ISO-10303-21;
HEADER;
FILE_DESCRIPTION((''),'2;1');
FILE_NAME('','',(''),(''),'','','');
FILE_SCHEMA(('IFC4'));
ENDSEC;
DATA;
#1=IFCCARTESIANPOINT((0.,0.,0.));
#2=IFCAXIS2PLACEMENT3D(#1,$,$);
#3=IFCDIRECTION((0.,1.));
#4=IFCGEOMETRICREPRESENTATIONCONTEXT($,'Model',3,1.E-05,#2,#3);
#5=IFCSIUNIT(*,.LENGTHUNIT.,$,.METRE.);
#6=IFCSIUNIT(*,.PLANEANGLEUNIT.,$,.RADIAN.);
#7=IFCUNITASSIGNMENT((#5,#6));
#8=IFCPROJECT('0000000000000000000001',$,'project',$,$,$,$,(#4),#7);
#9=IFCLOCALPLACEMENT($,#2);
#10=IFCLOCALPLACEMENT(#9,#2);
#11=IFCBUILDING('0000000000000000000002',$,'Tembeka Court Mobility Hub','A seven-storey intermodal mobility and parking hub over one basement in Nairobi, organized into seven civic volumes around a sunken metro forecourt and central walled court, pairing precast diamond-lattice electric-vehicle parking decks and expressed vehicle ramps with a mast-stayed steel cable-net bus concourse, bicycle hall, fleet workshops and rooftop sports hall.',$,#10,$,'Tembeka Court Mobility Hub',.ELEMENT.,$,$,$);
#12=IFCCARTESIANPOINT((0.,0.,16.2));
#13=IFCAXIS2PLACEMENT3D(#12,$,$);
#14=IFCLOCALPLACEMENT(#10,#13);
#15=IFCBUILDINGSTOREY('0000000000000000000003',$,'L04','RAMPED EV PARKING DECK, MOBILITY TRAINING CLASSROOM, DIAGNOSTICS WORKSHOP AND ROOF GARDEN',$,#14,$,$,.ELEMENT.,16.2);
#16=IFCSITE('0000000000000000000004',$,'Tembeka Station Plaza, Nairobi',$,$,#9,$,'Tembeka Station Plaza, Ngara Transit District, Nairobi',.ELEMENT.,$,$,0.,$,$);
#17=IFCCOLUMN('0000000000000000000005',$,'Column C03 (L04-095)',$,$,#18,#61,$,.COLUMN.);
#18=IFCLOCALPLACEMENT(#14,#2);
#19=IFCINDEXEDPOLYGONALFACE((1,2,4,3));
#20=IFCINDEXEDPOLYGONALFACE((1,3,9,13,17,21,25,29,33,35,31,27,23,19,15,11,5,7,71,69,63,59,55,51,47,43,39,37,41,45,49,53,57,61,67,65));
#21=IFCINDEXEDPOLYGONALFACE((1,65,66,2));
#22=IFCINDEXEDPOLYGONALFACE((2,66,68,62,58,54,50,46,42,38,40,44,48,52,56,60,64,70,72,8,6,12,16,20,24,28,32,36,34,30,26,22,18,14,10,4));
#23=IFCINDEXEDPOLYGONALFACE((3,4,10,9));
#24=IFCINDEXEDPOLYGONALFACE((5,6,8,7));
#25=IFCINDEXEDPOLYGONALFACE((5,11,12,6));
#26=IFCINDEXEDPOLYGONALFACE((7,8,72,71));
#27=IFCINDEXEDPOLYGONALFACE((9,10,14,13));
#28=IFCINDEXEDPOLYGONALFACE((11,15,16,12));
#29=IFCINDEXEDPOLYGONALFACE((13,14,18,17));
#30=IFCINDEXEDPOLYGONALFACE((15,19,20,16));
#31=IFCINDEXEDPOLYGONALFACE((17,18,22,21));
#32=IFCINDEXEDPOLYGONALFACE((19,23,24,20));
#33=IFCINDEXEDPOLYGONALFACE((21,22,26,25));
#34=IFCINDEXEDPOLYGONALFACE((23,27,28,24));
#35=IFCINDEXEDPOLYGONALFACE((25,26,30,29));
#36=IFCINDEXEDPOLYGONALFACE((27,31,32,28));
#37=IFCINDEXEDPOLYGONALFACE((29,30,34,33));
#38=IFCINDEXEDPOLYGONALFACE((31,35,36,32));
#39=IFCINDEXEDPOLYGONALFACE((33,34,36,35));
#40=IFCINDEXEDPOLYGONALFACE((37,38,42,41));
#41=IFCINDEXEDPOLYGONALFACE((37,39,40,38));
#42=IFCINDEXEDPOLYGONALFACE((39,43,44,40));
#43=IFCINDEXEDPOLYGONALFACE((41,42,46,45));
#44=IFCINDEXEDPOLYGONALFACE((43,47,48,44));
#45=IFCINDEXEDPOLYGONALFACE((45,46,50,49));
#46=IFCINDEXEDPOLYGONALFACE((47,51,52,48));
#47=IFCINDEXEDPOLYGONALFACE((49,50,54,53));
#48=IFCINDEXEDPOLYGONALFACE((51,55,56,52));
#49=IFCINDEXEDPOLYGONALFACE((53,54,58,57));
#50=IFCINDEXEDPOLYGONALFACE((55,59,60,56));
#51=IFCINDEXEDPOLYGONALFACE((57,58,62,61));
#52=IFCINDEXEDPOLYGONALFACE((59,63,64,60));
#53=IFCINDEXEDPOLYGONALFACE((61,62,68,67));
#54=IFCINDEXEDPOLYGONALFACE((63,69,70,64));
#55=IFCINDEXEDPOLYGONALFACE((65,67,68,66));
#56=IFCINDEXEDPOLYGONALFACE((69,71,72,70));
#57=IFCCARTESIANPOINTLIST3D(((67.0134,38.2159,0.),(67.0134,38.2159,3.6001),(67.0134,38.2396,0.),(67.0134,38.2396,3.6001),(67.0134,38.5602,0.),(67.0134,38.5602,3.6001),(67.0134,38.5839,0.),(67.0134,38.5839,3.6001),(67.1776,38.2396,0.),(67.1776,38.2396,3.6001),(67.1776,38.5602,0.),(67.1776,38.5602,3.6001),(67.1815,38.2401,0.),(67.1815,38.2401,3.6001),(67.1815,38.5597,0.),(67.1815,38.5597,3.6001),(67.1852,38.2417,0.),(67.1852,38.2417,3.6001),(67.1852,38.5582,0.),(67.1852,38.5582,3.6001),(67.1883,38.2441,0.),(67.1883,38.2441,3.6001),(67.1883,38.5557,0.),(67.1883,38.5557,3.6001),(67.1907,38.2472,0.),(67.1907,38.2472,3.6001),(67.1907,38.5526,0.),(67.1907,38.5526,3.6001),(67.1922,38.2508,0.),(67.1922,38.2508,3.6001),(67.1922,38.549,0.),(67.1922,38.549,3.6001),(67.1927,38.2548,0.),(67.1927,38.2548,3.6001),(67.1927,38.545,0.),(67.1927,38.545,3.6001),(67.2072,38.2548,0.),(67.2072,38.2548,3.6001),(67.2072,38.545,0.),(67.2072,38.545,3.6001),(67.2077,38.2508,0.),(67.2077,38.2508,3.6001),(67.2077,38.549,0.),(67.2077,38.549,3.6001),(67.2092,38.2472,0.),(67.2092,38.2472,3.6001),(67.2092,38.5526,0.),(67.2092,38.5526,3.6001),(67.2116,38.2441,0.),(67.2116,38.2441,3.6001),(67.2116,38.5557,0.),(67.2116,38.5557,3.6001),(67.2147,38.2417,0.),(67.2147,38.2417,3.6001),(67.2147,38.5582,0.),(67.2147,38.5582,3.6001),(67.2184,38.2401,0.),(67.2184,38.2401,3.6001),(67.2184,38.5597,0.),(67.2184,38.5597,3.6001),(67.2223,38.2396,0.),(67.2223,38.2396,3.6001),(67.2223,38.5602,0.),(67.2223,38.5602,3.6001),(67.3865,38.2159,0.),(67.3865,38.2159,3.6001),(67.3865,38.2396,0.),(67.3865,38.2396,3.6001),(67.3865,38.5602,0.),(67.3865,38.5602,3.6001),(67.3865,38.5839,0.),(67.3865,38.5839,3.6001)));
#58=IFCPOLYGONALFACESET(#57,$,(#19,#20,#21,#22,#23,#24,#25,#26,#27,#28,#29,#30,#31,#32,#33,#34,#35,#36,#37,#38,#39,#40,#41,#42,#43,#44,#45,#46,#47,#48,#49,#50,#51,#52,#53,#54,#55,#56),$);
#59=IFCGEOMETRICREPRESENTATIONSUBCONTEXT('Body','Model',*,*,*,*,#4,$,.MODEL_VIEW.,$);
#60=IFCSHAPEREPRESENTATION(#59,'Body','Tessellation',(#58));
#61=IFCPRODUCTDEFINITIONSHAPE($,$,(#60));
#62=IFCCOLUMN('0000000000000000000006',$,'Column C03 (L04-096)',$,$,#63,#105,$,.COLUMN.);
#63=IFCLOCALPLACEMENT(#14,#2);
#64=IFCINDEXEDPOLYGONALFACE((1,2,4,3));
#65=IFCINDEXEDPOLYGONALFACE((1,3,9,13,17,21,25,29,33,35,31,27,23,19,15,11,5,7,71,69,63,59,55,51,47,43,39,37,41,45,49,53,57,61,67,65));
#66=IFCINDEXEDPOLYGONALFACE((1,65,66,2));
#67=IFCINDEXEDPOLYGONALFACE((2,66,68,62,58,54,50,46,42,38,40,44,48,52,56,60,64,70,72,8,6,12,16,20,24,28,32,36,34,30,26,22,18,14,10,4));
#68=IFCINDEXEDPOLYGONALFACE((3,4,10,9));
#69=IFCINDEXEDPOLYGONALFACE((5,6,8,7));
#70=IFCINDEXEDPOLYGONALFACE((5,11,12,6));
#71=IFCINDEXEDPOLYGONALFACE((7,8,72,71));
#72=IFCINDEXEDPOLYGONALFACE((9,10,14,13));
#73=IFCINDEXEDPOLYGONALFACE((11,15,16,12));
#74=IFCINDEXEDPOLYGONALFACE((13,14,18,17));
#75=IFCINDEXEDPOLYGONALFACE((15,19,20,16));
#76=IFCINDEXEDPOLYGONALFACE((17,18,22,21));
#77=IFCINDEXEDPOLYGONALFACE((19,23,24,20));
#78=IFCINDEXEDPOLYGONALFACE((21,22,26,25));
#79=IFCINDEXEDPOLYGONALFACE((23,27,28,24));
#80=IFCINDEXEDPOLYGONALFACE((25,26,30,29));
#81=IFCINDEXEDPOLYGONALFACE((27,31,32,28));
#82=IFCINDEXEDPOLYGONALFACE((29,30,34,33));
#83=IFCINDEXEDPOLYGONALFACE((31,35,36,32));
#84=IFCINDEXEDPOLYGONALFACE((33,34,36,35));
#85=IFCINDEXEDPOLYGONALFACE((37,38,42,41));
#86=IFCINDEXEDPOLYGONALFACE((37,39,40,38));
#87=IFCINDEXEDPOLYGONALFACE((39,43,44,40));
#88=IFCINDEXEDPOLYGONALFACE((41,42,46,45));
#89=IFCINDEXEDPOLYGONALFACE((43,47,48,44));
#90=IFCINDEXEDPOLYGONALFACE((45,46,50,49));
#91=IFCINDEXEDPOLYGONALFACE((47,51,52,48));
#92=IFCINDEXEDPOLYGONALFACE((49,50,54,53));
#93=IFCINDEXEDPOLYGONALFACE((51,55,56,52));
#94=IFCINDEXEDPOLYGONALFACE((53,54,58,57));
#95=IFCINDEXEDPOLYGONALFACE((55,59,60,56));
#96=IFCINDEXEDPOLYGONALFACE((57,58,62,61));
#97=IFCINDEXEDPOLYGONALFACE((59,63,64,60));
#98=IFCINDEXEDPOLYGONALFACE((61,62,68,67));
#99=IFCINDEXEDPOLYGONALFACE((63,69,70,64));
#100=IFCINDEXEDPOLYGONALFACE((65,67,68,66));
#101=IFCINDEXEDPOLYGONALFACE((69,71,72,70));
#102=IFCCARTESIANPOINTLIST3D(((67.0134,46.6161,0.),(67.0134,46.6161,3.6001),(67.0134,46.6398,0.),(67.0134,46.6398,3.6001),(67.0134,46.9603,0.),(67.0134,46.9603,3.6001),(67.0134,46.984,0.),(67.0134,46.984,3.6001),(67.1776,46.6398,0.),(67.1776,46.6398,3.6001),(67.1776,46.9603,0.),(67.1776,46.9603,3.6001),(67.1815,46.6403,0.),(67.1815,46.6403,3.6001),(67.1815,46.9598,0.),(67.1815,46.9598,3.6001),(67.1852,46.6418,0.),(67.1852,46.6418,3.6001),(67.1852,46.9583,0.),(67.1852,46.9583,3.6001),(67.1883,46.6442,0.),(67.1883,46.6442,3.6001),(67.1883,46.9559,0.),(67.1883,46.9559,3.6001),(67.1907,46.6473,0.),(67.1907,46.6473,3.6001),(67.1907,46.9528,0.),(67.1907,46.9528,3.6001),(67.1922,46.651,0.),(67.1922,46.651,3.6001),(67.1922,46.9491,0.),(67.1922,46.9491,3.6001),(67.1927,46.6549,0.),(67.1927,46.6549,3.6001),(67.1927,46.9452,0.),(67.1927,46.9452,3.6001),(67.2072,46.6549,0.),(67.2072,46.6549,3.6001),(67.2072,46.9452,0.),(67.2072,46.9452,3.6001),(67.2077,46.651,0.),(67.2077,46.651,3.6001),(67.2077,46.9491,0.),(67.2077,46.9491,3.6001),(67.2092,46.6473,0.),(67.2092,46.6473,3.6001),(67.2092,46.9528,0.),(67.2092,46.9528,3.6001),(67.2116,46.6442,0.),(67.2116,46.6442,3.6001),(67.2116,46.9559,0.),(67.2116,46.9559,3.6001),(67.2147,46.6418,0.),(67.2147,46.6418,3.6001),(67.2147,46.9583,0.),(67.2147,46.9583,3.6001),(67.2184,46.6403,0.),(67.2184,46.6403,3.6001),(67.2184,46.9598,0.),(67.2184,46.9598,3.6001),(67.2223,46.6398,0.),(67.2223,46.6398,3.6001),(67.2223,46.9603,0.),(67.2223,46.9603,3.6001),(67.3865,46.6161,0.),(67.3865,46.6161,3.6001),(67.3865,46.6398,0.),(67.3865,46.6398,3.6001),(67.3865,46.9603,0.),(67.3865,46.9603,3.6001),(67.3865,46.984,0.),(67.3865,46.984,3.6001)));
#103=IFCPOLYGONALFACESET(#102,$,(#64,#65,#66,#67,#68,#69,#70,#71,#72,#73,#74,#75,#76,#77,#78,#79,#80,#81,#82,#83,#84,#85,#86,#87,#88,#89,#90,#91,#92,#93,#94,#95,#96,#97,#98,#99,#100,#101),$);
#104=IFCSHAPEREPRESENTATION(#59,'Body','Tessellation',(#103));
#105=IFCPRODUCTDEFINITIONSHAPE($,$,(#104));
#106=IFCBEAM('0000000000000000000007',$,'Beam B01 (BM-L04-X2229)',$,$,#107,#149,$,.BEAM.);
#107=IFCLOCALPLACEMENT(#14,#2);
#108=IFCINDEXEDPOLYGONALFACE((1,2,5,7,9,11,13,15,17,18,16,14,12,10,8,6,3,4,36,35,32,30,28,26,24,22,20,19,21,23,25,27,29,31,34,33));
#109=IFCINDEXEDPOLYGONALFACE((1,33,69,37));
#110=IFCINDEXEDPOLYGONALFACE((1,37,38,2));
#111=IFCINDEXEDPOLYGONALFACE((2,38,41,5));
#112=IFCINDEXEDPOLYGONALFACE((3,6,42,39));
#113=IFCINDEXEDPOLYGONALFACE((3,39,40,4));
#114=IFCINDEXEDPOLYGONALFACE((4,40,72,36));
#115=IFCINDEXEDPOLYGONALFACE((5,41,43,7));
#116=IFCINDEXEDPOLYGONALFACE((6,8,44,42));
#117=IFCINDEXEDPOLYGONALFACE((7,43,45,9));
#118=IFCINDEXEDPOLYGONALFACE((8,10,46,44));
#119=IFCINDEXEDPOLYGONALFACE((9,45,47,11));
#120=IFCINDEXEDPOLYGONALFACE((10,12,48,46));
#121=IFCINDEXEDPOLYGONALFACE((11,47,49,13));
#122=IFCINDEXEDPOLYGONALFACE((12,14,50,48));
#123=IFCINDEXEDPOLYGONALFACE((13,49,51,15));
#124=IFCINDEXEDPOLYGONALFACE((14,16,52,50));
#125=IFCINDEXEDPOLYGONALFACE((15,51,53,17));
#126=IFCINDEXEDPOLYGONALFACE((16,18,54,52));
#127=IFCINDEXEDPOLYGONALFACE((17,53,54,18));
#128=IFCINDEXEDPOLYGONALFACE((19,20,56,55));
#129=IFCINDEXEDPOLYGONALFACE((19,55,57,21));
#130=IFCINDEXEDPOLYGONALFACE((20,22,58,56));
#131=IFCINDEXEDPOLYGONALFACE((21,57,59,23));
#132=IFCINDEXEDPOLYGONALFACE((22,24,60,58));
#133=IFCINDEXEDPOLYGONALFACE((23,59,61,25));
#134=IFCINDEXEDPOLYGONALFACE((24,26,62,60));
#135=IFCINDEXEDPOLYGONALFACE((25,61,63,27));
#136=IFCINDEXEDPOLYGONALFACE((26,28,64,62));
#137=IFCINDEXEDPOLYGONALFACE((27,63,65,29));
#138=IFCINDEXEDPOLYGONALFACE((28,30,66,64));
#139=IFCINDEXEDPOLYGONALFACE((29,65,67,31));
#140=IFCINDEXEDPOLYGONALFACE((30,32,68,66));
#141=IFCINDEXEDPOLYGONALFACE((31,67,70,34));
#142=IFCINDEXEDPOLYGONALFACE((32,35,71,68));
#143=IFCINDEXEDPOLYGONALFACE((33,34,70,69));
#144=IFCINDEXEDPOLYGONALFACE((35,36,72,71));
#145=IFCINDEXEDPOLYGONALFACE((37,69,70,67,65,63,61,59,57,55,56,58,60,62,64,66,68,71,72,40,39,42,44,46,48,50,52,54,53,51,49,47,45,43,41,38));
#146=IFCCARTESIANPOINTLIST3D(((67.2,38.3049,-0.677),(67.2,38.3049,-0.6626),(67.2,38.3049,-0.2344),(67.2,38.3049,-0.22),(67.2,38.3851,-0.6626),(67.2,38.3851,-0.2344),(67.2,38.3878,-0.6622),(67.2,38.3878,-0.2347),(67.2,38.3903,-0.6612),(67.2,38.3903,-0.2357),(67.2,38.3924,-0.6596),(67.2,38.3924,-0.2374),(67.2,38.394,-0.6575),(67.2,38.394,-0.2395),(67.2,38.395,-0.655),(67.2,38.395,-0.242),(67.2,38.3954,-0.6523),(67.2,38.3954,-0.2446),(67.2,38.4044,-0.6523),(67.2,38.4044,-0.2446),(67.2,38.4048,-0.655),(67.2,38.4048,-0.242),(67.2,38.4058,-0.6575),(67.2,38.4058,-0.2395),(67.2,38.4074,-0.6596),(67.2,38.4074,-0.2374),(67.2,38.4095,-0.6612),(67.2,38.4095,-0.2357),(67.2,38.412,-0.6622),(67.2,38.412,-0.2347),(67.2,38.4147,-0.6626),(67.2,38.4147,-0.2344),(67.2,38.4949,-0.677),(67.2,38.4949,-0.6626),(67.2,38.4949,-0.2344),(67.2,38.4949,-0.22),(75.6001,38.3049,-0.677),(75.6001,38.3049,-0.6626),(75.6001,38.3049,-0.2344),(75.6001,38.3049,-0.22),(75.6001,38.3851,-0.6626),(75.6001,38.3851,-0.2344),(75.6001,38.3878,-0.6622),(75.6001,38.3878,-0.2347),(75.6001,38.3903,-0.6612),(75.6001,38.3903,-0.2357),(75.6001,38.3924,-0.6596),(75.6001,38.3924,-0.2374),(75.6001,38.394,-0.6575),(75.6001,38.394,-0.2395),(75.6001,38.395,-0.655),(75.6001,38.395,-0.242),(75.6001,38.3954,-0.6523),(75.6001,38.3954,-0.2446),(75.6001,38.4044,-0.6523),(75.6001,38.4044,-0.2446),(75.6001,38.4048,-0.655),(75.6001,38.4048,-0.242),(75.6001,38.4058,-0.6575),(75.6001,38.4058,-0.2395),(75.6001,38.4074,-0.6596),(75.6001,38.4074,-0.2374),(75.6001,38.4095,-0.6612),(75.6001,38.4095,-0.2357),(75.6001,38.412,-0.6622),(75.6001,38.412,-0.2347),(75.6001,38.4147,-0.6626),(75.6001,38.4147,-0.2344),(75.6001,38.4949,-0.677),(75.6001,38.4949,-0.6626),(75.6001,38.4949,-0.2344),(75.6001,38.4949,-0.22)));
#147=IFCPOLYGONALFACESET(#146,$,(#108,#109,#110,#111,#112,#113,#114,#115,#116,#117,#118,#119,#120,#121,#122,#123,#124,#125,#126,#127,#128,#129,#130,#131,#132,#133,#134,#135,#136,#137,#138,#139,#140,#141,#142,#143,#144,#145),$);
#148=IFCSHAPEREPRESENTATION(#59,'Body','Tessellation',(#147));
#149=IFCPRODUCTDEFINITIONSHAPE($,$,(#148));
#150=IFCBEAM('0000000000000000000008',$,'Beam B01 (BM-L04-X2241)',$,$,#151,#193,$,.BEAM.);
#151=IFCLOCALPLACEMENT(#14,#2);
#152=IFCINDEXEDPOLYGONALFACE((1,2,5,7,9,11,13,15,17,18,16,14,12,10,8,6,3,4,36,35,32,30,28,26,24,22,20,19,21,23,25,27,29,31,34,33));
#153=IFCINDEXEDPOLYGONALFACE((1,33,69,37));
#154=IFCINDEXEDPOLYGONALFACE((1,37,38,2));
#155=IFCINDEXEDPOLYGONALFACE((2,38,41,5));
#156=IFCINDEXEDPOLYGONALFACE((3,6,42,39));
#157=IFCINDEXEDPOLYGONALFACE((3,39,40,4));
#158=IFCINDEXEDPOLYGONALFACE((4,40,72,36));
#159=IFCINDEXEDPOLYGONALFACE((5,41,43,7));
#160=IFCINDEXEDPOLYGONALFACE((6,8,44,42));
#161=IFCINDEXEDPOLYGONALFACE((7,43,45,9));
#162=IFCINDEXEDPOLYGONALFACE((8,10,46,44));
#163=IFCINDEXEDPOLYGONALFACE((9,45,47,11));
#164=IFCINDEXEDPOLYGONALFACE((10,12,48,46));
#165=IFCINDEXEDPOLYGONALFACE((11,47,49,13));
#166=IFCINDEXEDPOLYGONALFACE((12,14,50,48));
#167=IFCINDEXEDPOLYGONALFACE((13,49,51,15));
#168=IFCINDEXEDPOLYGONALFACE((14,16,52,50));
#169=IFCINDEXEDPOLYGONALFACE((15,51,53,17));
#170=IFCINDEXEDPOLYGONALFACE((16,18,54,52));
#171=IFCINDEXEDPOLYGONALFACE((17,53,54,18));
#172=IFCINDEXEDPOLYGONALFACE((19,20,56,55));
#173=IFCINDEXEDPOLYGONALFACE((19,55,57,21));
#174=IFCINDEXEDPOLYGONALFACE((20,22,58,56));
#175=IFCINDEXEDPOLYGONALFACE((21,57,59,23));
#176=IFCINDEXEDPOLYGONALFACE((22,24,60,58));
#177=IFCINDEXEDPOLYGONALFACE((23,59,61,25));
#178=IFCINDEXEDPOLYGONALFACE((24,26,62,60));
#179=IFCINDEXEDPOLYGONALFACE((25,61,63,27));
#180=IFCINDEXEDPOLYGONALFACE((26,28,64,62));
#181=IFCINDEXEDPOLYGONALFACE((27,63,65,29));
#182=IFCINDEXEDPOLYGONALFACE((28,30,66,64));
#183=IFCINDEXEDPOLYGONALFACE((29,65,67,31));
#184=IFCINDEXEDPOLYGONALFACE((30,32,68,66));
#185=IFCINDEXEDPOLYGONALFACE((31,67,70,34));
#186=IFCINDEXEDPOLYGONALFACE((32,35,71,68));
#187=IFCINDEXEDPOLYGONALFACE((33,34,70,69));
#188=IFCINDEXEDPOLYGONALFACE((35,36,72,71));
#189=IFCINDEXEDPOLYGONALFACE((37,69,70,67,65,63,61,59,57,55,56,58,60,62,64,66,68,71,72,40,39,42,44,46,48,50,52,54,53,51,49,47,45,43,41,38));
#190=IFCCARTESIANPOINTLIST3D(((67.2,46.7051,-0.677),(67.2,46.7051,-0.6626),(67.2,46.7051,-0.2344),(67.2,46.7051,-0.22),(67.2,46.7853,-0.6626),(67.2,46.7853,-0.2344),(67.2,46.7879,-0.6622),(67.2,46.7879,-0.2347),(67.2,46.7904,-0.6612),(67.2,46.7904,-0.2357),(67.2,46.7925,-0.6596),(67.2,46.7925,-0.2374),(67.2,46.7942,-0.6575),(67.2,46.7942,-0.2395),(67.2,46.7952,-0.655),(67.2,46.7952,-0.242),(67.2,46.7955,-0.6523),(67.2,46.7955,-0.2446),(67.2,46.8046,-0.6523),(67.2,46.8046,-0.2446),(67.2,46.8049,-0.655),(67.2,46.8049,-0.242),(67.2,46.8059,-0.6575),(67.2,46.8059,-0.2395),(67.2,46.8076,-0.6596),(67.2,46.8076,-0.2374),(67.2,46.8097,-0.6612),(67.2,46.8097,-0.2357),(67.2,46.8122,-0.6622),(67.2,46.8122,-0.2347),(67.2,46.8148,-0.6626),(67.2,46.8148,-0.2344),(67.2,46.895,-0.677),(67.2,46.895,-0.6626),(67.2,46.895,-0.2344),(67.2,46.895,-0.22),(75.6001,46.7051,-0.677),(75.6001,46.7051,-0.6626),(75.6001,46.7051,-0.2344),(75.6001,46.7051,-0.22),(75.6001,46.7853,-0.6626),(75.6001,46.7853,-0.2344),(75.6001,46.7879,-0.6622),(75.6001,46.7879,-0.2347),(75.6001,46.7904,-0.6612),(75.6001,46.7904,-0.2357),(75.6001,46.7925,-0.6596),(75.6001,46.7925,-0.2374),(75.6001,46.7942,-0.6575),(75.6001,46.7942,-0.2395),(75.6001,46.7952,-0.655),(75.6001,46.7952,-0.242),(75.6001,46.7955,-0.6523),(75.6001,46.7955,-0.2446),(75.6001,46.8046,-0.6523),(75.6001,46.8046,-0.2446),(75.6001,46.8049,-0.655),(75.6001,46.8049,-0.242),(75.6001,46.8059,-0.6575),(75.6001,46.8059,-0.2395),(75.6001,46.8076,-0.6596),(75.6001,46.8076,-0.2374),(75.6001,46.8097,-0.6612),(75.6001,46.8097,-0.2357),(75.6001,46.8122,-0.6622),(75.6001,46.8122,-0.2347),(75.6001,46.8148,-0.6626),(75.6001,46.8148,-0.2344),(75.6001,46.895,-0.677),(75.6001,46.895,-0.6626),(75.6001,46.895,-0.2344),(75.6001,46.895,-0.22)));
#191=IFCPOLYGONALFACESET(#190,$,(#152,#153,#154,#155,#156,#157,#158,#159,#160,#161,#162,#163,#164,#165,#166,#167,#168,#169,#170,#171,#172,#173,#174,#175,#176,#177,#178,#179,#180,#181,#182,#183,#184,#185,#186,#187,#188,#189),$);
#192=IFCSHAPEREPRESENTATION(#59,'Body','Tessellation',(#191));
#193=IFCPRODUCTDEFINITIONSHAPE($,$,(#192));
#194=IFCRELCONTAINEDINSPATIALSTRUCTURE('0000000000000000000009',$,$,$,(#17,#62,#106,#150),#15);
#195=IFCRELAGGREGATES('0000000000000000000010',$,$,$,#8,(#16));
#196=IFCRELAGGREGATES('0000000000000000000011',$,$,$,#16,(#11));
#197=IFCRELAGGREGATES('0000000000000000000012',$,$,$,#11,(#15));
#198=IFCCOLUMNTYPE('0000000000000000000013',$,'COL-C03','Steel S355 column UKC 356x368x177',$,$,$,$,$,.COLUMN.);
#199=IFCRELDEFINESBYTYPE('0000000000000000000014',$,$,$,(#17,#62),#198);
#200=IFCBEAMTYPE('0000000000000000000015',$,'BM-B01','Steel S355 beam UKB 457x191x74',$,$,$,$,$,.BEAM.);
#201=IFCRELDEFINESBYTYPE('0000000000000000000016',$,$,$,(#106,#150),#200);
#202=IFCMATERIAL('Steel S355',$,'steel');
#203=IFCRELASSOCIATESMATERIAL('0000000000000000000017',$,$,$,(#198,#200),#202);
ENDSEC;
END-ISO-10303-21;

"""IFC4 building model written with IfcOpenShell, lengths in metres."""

from ifc_helpers import new_model, si_unit, direction, frame, origin, origin_2d, place, context, subcontext, project, spatial, i_section, extrude, material, material_profile, profile_set, type_object, element, save


model = new_model("IFC4")

# Units and contexts
model_context = context("Model", 3, precision=1e-05, world=origin(), true_north=direction((0.0, 1.0)))
body_context = subcontext(model_context, "Body", "Model", "MODEL_VIEW")
ifc_project = project(units=[si_unit("LENGTHUNIT", "METRE"), si_unit("PLANEANGLEUNIT", "RADIAN")], contexts=[model_context])

# Site, building, storey
site_placement = place(None, origin())
site = spatial("IfcSite", under=ifc_project, at=site_placement, Name="Tembeka Station Plaza, Nairobi", LongName="Tembeka Station Plaza, Ngara Transit District, Nairobi", CompositionType="ELEMENT", RefElevation=0.0)
building_placement = place(site_placement, origin())
building = spatial("IfcBuilding", under=site, at=building_placement, Name="Tembeka Court Mobility Hub", Description="A seven-storey intermodal mobility and parking hub over one basement in Nairobi, organized into seven civic volumes around a sunken metro forecourt and central walled court, pairing precast diamond-lattice electric-vehicle parking decks and expressed vehicle ramps with a mast-stayed steel cable-net bus concourse, bicycle hall, fleet workshops and rooftop sports hall.", LongName="Tembeka Court Mobility Hub", CompositionType="ELEMENT")
storey_placement = place(building_placement, frame((0.0, 0.0, 16.2)))
storey = spatial("IfcBuildingStorey", under=building, at=storey_placement, Name="L04", Description="RAMPED EV PARKING DECK, MOBILITY TRAINING CLASSROOM, DIAGNOSTICS WORKSHOP AND ROOF GARDEN", CompositionType="ELEMENT", Elevation=16.2)

# Columns
ifc_material_1 = material(Name="Steel S355", Category="steel")
ifc_material_profile_1 = material_profile(ifc_material_1, i_section(OverallWidth=0.373, OverallDepth=0.3679, WebThickness=0.0144, FlangeThickness=0.0237, FilletRadius=0.0151, at=origin_2d()), Name="UKC 356x368x177")
ifc_profile_set_1 = profile_set([ifc_material_profile_1], Name="Steel S355")
column_type = type_object("IfcColumnType", Name="COL-C03", Description="Steel S355 column UKC 356x368x177", PredefinedType="COLUMN", material=ifc_profile_set_1)
for number, where, z_axis, x_axis, name in (
    (1, (67.2, 38.3999, 0.0), (0.0, 0.0, 1.0), (1.0, 0.0, 0.0), "Column C03 (L04-095)"),
    (2, (67.2, 46.8, 0.0), (0.0, 0.0, 1.0), (1.0, 0.0, 0.0), "Column C03 (L04-096)"),
):
    element("IfcColumn", number, at=place(storey_placement, frame(where, z_axis=z_axis, x_axis=x_axis)), inside=storey, type_object=column_type, Name=name, PredefinedType="COLUMN", context=body_context, shape_type="SweptSolid", body=[
        extrude(i_section(OverallWidth=0.373, OverallDepth=0.3679, WebThickness=0.0144, FlangeThickness=0.0237, FilletRadius=0.0151, at=origin_2d()), origin(), (0.0, 0.0, 1.0), 3.6001),
    ])

# Beams
ifc_material_profile_2 = material_profile(ifc_material_1, i_section(OverallWidth=0.1899, OverallDepth=0.457, WebThickness=0.009, FlangeThickness=0.0144, FilletRadius=0.0103, at=origin_2d()), Name="UKB 457x191x74")
ifc_profile_set_2 = profile_set([ifc_material_profile_2], Name="Steel S355")
beam_type_1 = type_object("IfcBeamType", Name="BM-B01", Description="Steel S355 beam UKB 457x191x74", PredefinedType="BEAM", material=ifc_profile_set_2)
for number, where, z_axis, x_axis, name in (
    (3, (67.2, 38.3999, -0.4485), (1.0, 0.0, 0.0), (0.0, 1.0, 0.0), "Beam B01 (BM-L04-X2229)"),
    (4, (67.2, 46.8, -0.4485), (1.0, 0.0, 0.0), (0.0, 1.0, 0.0), "Beam B01 (BM-L04-X2241)"),
):
    element("IfcBeam", number, at=place(storey_placement, frame(where, z_axis=z_axis, x_axis=x_axis)), inside=storey, type_object=beam_type_1, Name=name, PredefinedType="BEAM", context=body_context, shape_type="SweptSolid", body=[
        extrude(i_section(OverallWidth=0.1899, OverallDepth=0.457, WebThickness=0.009, FlangeThickness=0.0144, FilletRadius=0.0103, at=origin_2d()), origin(), (0.0, 0.0, 1.0), 8.4001),
    ])

save(model, "model.ifc")
